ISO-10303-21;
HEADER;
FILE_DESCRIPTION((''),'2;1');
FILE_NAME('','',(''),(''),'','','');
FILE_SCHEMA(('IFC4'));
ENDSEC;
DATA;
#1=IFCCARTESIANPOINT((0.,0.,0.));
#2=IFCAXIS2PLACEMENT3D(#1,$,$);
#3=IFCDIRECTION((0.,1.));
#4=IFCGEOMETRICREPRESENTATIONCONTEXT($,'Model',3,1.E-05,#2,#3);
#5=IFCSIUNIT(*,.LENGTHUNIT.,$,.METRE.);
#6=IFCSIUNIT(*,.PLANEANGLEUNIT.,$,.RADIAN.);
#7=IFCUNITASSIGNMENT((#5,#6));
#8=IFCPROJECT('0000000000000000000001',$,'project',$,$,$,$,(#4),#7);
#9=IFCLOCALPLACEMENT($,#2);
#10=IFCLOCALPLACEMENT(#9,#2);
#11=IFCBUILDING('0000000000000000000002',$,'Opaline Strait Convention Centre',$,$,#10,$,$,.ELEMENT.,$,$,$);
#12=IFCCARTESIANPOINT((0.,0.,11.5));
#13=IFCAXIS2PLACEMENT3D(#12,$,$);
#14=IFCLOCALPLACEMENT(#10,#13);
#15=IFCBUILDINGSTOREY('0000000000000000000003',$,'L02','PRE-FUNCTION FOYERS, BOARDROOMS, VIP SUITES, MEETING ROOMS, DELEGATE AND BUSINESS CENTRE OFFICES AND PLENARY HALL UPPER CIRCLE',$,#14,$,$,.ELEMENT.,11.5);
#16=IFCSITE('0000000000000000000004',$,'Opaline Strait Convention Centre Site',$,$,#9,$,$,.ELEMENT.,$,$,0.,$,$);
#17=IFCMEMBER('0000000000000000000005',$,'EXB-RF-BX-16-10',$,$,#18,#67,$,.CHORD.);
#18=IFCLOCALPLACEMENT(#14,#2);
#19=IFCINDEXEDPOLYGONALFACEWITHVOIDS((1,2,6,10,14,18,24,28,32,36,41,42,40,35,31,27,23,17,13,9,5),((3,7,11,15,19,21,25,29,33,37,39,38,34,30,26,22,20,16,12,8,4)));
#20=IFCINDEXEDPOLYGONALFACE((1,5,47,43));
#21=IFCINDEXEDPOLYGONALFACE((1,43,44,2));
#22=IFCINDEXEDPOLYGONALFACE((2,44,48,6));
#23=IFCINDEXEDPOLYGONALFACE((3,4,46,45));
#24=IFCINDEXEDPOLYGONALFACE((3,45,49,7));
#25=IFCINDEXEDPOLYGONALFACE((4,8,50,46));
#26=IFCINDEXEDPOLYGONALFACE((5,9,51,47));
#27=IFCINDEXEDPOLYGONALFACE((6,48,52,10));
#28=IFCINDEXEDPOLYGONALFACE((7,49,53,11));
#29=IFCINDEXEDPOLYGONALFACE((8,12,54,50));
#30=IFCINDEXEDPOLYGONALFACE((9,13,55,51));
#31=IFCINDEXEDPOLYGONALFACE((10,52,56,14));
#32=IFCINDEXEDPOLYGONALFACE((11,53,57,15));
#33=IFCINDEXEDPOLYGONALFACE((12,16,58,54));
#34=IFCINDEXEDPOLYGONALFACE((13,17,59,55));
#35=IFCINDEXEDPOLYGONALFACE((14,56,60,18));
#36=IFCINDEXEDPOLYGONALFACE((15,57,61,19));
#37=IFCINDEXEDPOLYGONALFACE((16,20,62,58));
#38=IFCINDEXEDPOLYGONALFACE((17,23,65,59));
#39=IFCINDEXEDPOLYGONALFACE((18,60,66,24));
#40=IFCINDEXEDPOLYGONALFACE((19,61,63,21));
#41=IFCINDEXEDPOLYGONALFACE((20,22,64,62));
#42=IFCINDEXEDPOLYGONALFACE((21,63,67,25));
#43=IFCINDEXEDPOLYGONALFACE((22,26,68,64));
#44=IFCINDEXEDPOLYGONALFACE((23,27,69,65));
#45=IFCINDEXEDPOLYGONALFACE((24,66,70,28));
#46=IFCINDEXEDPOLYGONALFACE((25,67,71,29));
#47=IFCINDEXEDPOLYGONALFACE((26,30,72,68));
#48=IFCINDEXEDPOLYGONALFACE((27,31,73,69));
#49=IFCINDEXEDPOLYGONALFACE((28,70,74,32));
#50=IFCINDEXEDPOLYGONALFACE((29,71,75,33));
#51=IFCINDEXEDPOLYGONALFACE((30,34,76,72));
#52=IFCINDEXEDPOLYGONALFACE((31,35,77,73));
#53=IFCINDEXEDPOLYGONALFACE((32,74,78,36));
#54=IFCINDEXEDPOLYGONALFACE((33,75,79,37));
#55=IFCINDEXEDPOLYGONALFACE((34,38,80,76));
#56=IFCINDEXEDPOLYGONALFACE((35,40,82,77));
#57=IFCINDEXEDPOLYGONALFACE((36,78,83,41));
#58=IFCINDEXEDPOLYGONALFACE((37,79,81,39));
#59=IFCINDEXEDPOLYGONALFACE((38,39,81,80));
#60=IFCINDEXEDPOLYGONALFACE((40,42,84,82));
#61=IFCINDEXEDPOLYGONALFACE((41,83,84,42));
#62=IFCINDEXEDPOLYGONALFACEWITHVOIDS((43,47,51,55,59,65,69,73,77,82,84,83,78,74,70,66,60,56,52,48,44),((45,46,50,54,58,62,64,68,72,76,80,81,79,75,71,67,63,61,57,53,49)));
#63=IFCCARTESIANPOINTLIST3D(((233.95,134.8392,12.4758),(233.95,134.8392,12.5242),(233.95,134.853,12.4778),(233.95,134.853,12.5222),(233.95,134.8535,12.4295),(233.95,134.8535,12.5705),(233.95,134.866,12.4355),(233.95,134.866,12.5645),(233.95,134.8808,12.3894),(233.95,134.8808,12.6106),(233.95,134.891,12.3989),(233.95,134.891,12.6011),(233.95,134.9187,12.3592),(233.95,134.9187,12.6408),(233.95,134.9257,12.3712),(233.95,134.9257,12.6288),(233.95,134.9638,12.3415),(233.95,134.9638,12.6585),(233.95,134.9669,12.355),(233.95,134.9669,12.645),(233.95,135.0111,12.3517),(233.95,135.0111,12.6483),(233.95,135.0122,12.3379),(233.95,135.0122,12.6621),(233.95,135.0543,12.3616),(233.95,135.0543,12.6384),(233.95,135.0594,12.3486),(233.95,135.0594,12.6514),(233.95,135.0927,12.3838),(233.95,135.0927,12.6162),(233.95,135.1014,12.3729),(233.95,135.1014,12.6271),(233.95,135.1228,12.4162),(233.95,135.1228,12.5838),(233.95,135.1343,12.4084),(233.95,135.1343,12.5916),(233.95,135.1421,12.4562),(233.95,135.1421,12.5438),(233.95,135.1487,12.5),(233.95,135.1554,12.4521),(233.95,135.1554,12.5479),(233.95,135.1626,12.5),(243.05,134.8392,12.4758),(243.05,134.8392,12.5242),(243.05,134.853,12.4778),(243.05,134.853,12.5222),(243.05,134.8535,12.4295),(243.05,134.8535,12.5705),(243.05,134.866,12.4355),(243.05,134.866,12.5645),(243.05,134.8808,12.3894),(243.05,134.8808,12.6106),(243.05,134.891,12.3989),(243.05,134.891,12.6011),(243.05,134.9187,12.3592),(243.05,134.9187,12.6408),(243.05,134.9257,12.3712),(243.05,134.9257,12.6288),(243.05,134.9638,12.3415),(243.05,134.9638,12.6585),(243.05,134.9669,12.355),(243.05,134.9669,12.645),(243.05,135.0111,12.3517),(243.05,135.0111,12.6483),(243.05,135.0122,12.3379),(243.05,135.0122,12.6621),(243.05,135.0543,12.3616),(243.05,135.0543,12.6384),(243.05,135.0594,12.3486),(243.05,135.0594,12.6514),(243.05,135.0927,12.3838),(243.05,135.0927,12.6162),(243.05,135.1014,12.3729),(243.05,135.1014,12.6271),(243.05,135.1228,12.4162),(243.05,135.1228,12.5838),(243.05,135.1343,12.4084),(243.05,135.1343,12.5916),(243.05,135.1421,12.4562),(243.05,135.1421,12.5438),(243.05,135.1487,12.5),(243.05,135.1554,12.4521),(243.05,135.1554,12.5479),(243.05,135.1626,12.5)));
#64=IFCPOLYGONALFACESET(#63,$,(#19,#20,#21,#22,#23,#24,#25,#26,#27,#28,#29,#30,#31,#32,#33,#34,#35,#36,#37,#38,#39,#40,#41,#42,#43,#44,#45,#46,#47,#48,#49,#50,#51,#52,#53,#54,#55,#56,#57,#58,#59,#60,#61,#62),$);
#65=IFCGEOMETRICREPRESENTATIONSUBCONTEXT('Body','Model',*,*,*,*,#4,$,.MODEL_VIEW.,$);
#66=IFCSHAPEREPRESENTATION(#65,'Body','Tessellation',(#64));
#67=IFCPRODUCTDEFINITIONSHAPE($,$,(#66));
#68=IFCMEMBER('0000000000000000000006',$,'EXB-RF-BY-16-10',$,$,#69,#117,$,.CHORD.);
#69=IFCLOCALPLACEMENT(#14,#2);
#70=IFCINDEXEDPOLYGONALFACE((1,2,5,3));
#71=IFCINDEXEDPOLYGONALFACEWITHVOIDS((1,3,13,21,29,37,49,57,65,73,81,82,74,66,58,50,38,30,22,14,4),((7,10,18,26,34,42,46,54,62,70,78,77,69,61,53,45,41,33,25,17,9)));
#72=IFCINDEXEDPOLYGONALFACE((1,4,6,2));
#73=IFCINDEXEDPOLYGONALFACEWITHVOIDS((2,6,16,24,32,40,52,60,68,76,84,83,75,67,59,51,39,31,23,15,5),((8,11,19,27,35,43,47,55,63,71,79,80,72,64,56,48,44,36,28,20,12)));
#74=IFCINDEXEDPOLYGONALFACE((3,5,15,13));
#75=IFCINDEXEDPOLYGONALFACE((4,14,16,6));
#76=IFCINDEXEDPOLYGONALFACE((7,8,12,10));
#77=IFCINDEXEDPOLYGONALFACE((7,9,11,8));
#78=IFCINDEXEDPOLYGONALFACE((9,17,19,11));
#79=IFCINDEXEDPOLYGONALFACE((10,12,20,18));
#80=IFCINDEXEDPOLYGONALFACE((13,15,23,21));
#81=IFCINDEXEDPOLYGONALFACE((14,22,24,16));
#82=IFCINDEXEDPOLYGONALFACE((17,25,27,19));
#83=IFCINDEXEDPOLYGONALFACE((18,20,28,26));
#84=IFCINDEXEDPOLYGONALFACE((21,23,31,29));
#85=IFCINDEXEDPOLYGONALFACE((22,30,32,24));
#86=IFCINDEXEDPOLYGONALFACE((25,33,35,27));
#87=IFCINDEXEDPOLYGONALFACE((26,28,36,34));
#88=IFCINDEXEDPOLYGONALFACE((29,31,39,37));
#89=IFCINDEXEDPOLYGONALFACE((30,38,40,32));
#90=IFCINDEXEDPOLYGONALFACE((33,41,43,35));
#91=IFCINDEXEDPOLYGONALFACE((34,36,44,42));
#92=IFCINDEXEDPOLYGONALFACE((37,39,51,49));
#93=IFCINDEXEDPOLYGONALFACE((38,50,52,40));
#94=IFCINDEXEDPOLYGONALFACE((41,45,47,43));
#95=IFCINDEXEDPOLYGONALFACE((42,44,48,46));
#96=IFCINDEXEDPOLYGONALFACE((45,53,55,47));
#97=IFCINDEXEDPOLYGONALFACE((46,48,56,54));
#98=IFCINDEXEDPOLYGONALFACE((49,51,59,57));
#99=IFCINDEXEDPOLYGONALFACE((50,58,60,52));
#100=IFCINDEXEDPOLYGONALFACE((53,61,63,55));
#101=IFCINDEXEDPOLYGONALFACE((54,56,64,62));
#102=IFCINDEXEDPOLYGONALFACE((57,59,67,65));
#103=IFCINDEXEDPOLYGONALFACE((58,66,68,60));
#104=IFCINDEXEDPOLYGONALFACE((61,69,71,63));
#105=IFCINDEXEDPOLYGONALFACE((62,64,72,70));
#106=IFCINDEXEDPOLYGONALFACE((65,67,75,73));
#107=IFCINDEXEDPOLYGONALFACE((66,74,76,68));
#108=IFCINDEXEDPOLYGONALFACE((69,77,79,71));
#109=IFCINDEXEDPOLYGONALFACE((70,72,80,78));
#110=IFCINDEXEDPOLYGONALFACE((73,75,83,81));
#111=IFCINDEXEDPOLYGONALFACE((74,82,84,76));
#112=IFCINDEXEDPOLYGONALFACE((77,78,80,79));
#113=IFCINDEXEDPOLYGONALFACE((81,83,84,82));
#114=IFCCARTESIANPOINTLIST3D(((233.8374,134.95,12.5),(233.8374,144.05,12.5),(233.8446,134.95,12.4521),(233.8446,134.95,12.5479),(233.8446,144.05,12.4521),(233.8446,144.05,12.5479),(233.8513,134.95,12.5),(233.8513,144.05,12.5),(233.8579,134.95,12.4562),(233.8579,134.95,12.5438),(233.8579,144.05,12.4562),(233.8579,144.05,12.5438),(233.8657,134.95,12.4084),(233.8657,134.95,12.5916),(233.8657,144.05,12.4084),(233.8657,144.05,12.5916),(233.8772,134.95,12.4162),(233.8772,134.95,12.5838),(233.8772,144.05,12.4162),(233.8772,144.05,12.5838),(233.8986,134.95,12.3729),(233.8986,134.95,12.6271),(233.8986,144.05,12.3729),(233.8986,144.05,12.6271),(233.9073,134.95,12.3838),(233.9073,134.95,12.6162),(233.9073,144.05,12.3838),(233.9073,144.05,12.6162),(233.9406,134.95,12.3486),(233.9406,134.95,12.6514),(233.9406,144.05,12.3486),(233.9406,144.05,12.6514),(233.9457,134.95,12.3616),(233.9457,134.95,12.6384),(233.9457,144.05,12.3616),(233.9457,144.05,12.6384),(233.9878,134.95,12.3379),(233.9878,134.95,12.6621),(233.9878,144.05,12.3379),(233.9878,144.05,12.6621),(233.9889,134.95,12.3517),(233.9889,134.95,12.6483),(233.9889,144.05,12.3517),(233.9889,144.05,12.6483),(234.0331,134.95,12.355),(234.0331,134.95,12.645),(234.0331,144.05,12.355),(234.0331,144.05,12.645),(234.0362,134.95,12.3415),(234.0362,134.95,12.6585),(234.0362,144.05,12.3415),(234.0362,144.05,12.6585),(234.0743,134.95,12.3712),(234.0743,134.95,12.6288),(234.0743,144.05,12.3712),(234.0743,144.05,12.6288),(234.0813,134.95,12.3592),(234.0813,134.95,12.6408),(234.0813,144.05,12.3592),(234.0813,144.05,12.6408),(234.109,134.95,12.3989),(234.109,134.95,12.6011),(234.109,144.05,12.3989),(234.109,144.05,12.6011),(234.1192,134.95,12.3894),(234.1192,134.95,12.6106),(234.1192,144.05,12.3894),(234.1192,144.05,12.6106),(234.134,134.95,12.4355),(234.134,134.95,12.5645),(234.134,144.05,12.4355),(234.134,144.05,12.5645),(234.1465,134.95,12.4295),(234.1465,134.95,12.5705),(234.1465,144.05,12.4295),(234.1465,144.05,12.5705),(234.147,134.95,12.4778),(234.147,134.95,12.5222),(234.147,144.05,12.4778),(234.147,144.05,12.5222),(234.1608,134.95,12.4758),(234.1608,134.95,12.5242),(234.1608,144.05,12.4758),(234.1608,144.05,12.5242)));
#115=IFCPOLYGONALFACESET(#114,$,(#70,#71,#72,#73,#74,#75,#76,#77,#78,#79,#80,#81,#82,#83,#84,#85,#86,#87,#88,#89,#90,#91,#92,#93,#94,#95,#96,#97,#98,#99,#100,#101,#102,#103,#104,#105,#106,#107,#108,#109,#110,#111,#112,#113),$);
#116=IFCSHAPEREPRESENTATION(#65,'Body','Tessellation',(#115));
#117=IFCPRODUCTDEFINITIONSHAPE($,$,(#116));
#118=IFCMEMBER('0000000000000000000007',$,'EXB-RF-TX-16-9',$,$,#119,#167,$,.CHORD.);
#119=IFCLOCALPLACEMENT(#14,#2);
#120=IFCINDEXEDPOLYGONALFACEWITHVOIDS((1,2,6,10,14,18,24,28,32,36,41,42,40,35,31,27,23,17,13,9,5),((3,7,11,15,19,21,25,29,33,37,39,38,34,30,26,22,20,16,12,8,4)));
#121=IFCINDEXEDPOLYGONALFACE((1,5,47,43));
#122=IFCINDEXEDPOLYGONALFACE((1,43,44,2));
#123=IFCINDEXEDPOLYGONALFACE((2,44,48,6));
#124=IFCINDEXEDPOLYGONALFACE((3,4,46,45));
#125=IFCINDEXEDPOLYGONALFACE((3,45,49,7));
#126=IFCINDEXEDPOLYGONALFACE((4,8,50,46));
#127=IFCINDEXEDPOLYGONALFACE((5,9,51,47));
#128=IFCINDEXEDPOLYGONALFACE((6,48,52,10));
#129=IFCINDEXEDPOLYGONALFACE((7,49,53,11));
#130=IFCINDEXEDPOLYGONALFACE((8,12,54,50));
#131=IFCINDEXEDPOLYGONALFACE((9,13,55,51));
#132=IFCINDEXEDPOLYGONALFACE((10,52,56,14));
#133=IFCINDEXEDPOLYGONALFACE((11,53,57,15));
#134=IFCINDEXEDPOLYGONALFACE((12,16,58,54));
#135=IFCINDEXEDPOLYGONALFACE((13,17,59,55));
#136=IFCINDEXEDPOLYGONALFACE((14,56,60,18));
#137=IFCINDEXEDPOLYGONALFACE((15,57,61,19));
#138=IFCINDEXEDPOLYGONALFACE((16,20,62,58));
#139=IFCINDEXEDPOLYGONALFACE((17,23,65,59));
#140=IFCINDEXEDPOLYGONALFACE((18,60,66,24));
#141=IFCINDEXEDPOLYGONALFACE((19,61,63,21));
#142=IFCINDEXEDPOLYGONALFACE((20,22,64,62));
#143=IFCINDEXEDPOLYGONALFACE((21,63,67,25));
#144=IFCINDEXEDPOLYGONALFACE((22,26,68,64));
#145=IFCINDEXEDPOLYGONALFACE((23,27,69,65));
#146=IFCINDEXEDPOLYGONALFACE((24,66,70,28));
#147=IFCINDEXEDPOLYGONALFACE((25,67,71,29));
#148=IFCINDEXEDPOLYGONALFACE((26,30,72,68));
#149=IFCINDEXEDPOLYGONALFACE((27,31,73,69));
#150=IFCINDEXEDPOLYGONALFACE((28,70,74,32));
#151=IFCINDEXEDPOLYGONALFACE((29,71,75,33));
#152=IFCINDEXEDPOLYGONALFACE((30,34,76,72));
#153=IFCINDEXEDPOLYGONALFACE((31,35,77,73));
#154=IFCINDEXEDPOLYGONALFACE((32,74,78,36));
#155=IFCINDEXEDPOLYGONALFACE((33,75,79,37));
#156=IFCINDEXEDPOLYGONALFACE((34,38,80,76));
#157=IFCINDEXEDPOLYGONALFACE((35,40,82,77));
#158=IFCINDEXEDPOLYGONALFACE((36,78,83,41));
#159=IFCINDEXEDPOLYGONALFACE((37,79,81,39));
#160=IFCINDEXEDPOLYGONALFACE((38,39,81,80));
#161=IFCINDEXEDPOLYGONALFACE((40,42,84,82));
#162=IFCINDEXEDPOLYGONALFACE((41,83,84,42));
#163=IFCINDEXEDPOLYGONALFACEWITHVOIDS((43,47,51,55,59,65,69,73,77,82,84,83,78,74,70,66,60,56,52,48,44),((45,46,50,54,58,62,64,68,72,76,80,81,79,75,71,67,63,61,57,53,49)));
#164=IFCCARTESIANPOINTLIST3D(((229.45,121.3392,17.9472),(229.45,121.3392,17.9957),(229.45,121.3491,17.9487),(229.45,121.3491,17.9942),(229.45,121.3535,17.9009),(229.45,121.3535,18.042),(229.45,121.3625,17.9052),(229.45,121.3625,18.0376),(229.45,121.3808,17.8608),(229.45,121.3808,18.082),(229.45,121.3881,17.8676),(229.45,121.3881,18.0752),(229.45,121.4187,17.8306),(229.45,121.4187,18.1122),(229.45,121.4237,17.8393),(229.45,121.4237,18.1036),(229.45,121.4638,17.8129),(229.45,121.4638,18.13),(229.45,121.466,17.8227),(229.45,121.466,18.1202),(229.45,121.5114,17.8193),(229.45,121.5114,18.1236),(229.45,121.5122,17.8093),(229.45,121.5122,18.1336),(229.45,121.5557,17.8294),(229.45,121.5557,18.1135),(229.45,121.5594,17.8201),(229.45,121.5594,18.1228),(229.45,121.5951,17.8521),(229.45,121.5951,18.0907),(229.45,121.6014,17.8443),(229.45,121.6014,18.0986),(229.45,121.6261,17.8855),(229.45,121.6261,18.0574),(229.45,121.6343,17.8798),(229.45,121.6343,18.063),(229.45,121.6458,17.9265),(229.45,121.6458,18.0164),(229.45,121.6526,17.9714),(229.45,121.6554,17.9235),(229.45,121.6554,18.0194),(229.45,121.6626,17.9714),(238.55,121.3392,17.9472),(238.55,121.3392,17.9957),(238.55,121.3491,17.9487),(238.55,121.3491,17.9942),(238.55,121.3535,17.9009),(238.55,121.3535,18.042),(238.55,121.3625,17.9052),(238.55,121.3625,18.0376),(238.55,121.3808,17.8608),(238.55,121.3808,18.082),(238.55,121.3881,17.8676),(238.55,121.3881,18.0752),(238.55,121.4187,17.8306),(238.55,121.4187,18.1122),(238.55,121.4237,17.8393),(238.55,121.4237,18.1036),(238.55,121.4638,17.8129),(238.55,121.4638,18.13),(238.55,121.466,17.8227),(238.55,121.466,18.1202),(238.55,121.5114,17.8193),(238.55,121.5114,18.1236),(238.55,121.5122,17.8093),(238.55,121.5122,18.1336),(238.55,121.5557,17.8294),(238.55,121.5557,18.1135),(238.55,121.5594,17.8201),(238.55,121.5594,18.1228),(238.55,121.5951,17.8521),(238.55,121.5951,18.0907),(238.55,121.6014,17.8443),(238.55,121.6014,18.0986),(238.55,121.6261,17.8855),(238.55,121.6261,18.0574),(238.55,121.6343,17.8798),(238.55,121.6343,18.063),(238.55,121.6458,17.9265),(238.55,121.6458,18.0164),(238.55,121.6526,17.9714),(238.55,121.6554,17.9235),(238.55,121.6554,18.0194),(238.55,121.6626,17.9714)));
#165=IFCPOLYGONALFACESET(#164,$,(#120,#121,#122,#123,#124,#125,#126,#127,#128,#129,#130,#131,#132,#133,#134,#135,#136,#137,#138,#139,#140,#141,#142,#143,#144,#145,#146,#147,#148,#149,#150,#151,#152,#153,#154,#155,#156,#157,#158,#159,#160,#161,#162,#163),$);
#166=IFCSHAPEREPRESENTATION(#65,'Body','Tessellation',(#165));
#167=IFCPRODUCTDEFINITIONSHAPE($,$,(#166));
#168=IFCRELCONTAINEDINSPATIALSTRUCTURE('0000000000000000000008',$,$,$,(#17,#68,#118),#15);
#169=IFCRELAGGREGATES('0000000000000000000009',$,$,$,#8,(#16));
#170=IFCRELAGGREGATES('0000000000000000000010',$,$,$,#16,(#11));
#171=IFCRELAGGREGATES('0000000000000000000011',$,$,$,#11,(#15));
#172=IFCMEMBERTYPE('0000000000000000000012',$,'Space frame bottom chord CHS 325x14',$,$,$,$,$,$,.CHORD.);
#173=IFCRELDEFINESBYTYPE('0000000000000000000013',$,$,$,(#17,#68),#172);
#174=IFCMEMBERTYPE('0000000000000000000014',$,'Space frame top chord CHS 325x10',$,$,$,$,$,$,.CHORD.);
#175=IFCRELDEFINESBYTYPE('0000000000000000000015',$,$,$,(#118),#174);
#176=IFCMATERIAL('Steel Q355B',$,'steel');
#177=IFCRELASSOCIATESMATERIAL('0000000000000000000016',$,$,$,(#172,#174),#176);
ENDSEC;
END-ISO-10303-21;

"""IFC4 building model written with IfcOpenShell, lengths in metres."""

from ifc_helpers import new_model, si_unit, direction, frame, origin, origin_2d, place, context, subcontext, project, spatial, hollow_circle, extrude, material, material_profile, profile_set, type_object, element, save


model = new_model("IFC4")

# Units and contexts
model_context = context("Model", 3, precision=1e-05, world=origin(), true_north=direction((0.0, 1.0)))
body_context = subcontext(model_context, "Body", "Model", "MODEL_VIEW")
ifc_project = project(units=[si_unit("LENGTHUNIT", "METRE"), si_unit("PLANEANGLEUNIT", "RADIAN")], contexts=[model_context])

# Site, building, storey
site_placement = place(None, origin())
site = spatial("IfcSite", under=ifc_project, at=site_placement, Name="Opaline Strait Convention Centre Site", CompositionType="ELEMENT", RefElevation=0.0)
building_placement = place(site_placement, origin())
building = spatial("IfcBuilding", under=site, at=building_placement, Name="Opaline Strait Convention Centre", CompositionType="ELEMENT")
storey_placement = place(building_placement, frame((0.0, 0.0, 11.5)))
storey = spatial("IfcBuildingStorey", under=building, at=storey_placement, Name="L02", Description="PRE-FUNCTION FOYERS, BOARDROOMS, VIP SUITES, MEETING ROOMS, DELEGATE AND BUSINESS CENTRE OFFICES AND PLENARY HALL UPPER CIRCLE", CompositionType="ELEMENT", Elevation=11.5)

# Members
ifc_material = material(Name="Steel Q355B", Category="steel")
ifc_material_profile_1 = material_profile(ifc_material, hollow_circle(Radius=0.1626, WallThickness=0.0139, at=origin_2d()), Name="CHS 325x14")
ifc_profile_set_1 = profile_set([ifc_material_profile_1], Name="Steel Q355B")
member_type_1 = type_object("IfcMemberType", Name="Space frame bottom chord CHS 325x14", PredefinedType="CHORD", material=ifc_profile_set_1)
for number, where, z_axis, x_axis, name in (
    (1, (233.95, 135.0, 12.5), (1.0, 0.0, 0.0), (0.0, 1.0, 0.0), "EXB-RF-BX-16-10"),
    (2, (234.0, 134.95, 12.5), (0.0, 1.0, 0.0), (-1.0, 0.0, 0.0), "EXB-RF-BY-16-10"),
):
    element("IfcMember", number, at=place(storey_placement, frame(where, z_axis=z_axis, x_axis=x_axis)), inside=storey, type_object=member_type_1, Name=name, PredefinedType="CHORD", context=body_context, shape_type="SweptSolid", body=[
        extrude(hollow_circle(Radius=0.1626, WallThickness=0.0139, at=origin_2d()), origin(), (0.0, 0.0, 1.0), 9.1001),
    ])
ifc_material_profile_2 = material_profile(ifc_material, hollow_circle(Radius=0.1626, WallThickness=0.01, at=origin_2d()), Name="CHS 325x10")
ifc_profile_set_2 = profile_set([ifc_material_profile_2], Name="Steel Q355B")
member_type_2 = type_object("IfcMemberType", Name="Space frame top chord CHS 325x10", PredefinedType="CHORD", material=ifc_profile_set_2)
for number, where, z_axis, x_axis, name in (
    (3, (229.45, 121.5, 17.9714), (1.0, 0.0, 0.0), (0.0, 1.0, 0.0), "EXB-RF-TX-16-9"),
):
    element("IfcMember", number, at=place(storey_placement, frame(where, z_axis=z_axis, x_axis=x_axis)), inside=storey, type_object=member_type_2, Name=name, PredefinedType="CHORD", context=body_context, shape_type="SweptSolid", body=[
        extrude(hollow_circle(Radius=0.1626, WallThickness=0.01, at=origin_2d()), origin(), (0.0, 0.0, 1.0), 9.1001),
    ])

save(model, "model.ifc")
